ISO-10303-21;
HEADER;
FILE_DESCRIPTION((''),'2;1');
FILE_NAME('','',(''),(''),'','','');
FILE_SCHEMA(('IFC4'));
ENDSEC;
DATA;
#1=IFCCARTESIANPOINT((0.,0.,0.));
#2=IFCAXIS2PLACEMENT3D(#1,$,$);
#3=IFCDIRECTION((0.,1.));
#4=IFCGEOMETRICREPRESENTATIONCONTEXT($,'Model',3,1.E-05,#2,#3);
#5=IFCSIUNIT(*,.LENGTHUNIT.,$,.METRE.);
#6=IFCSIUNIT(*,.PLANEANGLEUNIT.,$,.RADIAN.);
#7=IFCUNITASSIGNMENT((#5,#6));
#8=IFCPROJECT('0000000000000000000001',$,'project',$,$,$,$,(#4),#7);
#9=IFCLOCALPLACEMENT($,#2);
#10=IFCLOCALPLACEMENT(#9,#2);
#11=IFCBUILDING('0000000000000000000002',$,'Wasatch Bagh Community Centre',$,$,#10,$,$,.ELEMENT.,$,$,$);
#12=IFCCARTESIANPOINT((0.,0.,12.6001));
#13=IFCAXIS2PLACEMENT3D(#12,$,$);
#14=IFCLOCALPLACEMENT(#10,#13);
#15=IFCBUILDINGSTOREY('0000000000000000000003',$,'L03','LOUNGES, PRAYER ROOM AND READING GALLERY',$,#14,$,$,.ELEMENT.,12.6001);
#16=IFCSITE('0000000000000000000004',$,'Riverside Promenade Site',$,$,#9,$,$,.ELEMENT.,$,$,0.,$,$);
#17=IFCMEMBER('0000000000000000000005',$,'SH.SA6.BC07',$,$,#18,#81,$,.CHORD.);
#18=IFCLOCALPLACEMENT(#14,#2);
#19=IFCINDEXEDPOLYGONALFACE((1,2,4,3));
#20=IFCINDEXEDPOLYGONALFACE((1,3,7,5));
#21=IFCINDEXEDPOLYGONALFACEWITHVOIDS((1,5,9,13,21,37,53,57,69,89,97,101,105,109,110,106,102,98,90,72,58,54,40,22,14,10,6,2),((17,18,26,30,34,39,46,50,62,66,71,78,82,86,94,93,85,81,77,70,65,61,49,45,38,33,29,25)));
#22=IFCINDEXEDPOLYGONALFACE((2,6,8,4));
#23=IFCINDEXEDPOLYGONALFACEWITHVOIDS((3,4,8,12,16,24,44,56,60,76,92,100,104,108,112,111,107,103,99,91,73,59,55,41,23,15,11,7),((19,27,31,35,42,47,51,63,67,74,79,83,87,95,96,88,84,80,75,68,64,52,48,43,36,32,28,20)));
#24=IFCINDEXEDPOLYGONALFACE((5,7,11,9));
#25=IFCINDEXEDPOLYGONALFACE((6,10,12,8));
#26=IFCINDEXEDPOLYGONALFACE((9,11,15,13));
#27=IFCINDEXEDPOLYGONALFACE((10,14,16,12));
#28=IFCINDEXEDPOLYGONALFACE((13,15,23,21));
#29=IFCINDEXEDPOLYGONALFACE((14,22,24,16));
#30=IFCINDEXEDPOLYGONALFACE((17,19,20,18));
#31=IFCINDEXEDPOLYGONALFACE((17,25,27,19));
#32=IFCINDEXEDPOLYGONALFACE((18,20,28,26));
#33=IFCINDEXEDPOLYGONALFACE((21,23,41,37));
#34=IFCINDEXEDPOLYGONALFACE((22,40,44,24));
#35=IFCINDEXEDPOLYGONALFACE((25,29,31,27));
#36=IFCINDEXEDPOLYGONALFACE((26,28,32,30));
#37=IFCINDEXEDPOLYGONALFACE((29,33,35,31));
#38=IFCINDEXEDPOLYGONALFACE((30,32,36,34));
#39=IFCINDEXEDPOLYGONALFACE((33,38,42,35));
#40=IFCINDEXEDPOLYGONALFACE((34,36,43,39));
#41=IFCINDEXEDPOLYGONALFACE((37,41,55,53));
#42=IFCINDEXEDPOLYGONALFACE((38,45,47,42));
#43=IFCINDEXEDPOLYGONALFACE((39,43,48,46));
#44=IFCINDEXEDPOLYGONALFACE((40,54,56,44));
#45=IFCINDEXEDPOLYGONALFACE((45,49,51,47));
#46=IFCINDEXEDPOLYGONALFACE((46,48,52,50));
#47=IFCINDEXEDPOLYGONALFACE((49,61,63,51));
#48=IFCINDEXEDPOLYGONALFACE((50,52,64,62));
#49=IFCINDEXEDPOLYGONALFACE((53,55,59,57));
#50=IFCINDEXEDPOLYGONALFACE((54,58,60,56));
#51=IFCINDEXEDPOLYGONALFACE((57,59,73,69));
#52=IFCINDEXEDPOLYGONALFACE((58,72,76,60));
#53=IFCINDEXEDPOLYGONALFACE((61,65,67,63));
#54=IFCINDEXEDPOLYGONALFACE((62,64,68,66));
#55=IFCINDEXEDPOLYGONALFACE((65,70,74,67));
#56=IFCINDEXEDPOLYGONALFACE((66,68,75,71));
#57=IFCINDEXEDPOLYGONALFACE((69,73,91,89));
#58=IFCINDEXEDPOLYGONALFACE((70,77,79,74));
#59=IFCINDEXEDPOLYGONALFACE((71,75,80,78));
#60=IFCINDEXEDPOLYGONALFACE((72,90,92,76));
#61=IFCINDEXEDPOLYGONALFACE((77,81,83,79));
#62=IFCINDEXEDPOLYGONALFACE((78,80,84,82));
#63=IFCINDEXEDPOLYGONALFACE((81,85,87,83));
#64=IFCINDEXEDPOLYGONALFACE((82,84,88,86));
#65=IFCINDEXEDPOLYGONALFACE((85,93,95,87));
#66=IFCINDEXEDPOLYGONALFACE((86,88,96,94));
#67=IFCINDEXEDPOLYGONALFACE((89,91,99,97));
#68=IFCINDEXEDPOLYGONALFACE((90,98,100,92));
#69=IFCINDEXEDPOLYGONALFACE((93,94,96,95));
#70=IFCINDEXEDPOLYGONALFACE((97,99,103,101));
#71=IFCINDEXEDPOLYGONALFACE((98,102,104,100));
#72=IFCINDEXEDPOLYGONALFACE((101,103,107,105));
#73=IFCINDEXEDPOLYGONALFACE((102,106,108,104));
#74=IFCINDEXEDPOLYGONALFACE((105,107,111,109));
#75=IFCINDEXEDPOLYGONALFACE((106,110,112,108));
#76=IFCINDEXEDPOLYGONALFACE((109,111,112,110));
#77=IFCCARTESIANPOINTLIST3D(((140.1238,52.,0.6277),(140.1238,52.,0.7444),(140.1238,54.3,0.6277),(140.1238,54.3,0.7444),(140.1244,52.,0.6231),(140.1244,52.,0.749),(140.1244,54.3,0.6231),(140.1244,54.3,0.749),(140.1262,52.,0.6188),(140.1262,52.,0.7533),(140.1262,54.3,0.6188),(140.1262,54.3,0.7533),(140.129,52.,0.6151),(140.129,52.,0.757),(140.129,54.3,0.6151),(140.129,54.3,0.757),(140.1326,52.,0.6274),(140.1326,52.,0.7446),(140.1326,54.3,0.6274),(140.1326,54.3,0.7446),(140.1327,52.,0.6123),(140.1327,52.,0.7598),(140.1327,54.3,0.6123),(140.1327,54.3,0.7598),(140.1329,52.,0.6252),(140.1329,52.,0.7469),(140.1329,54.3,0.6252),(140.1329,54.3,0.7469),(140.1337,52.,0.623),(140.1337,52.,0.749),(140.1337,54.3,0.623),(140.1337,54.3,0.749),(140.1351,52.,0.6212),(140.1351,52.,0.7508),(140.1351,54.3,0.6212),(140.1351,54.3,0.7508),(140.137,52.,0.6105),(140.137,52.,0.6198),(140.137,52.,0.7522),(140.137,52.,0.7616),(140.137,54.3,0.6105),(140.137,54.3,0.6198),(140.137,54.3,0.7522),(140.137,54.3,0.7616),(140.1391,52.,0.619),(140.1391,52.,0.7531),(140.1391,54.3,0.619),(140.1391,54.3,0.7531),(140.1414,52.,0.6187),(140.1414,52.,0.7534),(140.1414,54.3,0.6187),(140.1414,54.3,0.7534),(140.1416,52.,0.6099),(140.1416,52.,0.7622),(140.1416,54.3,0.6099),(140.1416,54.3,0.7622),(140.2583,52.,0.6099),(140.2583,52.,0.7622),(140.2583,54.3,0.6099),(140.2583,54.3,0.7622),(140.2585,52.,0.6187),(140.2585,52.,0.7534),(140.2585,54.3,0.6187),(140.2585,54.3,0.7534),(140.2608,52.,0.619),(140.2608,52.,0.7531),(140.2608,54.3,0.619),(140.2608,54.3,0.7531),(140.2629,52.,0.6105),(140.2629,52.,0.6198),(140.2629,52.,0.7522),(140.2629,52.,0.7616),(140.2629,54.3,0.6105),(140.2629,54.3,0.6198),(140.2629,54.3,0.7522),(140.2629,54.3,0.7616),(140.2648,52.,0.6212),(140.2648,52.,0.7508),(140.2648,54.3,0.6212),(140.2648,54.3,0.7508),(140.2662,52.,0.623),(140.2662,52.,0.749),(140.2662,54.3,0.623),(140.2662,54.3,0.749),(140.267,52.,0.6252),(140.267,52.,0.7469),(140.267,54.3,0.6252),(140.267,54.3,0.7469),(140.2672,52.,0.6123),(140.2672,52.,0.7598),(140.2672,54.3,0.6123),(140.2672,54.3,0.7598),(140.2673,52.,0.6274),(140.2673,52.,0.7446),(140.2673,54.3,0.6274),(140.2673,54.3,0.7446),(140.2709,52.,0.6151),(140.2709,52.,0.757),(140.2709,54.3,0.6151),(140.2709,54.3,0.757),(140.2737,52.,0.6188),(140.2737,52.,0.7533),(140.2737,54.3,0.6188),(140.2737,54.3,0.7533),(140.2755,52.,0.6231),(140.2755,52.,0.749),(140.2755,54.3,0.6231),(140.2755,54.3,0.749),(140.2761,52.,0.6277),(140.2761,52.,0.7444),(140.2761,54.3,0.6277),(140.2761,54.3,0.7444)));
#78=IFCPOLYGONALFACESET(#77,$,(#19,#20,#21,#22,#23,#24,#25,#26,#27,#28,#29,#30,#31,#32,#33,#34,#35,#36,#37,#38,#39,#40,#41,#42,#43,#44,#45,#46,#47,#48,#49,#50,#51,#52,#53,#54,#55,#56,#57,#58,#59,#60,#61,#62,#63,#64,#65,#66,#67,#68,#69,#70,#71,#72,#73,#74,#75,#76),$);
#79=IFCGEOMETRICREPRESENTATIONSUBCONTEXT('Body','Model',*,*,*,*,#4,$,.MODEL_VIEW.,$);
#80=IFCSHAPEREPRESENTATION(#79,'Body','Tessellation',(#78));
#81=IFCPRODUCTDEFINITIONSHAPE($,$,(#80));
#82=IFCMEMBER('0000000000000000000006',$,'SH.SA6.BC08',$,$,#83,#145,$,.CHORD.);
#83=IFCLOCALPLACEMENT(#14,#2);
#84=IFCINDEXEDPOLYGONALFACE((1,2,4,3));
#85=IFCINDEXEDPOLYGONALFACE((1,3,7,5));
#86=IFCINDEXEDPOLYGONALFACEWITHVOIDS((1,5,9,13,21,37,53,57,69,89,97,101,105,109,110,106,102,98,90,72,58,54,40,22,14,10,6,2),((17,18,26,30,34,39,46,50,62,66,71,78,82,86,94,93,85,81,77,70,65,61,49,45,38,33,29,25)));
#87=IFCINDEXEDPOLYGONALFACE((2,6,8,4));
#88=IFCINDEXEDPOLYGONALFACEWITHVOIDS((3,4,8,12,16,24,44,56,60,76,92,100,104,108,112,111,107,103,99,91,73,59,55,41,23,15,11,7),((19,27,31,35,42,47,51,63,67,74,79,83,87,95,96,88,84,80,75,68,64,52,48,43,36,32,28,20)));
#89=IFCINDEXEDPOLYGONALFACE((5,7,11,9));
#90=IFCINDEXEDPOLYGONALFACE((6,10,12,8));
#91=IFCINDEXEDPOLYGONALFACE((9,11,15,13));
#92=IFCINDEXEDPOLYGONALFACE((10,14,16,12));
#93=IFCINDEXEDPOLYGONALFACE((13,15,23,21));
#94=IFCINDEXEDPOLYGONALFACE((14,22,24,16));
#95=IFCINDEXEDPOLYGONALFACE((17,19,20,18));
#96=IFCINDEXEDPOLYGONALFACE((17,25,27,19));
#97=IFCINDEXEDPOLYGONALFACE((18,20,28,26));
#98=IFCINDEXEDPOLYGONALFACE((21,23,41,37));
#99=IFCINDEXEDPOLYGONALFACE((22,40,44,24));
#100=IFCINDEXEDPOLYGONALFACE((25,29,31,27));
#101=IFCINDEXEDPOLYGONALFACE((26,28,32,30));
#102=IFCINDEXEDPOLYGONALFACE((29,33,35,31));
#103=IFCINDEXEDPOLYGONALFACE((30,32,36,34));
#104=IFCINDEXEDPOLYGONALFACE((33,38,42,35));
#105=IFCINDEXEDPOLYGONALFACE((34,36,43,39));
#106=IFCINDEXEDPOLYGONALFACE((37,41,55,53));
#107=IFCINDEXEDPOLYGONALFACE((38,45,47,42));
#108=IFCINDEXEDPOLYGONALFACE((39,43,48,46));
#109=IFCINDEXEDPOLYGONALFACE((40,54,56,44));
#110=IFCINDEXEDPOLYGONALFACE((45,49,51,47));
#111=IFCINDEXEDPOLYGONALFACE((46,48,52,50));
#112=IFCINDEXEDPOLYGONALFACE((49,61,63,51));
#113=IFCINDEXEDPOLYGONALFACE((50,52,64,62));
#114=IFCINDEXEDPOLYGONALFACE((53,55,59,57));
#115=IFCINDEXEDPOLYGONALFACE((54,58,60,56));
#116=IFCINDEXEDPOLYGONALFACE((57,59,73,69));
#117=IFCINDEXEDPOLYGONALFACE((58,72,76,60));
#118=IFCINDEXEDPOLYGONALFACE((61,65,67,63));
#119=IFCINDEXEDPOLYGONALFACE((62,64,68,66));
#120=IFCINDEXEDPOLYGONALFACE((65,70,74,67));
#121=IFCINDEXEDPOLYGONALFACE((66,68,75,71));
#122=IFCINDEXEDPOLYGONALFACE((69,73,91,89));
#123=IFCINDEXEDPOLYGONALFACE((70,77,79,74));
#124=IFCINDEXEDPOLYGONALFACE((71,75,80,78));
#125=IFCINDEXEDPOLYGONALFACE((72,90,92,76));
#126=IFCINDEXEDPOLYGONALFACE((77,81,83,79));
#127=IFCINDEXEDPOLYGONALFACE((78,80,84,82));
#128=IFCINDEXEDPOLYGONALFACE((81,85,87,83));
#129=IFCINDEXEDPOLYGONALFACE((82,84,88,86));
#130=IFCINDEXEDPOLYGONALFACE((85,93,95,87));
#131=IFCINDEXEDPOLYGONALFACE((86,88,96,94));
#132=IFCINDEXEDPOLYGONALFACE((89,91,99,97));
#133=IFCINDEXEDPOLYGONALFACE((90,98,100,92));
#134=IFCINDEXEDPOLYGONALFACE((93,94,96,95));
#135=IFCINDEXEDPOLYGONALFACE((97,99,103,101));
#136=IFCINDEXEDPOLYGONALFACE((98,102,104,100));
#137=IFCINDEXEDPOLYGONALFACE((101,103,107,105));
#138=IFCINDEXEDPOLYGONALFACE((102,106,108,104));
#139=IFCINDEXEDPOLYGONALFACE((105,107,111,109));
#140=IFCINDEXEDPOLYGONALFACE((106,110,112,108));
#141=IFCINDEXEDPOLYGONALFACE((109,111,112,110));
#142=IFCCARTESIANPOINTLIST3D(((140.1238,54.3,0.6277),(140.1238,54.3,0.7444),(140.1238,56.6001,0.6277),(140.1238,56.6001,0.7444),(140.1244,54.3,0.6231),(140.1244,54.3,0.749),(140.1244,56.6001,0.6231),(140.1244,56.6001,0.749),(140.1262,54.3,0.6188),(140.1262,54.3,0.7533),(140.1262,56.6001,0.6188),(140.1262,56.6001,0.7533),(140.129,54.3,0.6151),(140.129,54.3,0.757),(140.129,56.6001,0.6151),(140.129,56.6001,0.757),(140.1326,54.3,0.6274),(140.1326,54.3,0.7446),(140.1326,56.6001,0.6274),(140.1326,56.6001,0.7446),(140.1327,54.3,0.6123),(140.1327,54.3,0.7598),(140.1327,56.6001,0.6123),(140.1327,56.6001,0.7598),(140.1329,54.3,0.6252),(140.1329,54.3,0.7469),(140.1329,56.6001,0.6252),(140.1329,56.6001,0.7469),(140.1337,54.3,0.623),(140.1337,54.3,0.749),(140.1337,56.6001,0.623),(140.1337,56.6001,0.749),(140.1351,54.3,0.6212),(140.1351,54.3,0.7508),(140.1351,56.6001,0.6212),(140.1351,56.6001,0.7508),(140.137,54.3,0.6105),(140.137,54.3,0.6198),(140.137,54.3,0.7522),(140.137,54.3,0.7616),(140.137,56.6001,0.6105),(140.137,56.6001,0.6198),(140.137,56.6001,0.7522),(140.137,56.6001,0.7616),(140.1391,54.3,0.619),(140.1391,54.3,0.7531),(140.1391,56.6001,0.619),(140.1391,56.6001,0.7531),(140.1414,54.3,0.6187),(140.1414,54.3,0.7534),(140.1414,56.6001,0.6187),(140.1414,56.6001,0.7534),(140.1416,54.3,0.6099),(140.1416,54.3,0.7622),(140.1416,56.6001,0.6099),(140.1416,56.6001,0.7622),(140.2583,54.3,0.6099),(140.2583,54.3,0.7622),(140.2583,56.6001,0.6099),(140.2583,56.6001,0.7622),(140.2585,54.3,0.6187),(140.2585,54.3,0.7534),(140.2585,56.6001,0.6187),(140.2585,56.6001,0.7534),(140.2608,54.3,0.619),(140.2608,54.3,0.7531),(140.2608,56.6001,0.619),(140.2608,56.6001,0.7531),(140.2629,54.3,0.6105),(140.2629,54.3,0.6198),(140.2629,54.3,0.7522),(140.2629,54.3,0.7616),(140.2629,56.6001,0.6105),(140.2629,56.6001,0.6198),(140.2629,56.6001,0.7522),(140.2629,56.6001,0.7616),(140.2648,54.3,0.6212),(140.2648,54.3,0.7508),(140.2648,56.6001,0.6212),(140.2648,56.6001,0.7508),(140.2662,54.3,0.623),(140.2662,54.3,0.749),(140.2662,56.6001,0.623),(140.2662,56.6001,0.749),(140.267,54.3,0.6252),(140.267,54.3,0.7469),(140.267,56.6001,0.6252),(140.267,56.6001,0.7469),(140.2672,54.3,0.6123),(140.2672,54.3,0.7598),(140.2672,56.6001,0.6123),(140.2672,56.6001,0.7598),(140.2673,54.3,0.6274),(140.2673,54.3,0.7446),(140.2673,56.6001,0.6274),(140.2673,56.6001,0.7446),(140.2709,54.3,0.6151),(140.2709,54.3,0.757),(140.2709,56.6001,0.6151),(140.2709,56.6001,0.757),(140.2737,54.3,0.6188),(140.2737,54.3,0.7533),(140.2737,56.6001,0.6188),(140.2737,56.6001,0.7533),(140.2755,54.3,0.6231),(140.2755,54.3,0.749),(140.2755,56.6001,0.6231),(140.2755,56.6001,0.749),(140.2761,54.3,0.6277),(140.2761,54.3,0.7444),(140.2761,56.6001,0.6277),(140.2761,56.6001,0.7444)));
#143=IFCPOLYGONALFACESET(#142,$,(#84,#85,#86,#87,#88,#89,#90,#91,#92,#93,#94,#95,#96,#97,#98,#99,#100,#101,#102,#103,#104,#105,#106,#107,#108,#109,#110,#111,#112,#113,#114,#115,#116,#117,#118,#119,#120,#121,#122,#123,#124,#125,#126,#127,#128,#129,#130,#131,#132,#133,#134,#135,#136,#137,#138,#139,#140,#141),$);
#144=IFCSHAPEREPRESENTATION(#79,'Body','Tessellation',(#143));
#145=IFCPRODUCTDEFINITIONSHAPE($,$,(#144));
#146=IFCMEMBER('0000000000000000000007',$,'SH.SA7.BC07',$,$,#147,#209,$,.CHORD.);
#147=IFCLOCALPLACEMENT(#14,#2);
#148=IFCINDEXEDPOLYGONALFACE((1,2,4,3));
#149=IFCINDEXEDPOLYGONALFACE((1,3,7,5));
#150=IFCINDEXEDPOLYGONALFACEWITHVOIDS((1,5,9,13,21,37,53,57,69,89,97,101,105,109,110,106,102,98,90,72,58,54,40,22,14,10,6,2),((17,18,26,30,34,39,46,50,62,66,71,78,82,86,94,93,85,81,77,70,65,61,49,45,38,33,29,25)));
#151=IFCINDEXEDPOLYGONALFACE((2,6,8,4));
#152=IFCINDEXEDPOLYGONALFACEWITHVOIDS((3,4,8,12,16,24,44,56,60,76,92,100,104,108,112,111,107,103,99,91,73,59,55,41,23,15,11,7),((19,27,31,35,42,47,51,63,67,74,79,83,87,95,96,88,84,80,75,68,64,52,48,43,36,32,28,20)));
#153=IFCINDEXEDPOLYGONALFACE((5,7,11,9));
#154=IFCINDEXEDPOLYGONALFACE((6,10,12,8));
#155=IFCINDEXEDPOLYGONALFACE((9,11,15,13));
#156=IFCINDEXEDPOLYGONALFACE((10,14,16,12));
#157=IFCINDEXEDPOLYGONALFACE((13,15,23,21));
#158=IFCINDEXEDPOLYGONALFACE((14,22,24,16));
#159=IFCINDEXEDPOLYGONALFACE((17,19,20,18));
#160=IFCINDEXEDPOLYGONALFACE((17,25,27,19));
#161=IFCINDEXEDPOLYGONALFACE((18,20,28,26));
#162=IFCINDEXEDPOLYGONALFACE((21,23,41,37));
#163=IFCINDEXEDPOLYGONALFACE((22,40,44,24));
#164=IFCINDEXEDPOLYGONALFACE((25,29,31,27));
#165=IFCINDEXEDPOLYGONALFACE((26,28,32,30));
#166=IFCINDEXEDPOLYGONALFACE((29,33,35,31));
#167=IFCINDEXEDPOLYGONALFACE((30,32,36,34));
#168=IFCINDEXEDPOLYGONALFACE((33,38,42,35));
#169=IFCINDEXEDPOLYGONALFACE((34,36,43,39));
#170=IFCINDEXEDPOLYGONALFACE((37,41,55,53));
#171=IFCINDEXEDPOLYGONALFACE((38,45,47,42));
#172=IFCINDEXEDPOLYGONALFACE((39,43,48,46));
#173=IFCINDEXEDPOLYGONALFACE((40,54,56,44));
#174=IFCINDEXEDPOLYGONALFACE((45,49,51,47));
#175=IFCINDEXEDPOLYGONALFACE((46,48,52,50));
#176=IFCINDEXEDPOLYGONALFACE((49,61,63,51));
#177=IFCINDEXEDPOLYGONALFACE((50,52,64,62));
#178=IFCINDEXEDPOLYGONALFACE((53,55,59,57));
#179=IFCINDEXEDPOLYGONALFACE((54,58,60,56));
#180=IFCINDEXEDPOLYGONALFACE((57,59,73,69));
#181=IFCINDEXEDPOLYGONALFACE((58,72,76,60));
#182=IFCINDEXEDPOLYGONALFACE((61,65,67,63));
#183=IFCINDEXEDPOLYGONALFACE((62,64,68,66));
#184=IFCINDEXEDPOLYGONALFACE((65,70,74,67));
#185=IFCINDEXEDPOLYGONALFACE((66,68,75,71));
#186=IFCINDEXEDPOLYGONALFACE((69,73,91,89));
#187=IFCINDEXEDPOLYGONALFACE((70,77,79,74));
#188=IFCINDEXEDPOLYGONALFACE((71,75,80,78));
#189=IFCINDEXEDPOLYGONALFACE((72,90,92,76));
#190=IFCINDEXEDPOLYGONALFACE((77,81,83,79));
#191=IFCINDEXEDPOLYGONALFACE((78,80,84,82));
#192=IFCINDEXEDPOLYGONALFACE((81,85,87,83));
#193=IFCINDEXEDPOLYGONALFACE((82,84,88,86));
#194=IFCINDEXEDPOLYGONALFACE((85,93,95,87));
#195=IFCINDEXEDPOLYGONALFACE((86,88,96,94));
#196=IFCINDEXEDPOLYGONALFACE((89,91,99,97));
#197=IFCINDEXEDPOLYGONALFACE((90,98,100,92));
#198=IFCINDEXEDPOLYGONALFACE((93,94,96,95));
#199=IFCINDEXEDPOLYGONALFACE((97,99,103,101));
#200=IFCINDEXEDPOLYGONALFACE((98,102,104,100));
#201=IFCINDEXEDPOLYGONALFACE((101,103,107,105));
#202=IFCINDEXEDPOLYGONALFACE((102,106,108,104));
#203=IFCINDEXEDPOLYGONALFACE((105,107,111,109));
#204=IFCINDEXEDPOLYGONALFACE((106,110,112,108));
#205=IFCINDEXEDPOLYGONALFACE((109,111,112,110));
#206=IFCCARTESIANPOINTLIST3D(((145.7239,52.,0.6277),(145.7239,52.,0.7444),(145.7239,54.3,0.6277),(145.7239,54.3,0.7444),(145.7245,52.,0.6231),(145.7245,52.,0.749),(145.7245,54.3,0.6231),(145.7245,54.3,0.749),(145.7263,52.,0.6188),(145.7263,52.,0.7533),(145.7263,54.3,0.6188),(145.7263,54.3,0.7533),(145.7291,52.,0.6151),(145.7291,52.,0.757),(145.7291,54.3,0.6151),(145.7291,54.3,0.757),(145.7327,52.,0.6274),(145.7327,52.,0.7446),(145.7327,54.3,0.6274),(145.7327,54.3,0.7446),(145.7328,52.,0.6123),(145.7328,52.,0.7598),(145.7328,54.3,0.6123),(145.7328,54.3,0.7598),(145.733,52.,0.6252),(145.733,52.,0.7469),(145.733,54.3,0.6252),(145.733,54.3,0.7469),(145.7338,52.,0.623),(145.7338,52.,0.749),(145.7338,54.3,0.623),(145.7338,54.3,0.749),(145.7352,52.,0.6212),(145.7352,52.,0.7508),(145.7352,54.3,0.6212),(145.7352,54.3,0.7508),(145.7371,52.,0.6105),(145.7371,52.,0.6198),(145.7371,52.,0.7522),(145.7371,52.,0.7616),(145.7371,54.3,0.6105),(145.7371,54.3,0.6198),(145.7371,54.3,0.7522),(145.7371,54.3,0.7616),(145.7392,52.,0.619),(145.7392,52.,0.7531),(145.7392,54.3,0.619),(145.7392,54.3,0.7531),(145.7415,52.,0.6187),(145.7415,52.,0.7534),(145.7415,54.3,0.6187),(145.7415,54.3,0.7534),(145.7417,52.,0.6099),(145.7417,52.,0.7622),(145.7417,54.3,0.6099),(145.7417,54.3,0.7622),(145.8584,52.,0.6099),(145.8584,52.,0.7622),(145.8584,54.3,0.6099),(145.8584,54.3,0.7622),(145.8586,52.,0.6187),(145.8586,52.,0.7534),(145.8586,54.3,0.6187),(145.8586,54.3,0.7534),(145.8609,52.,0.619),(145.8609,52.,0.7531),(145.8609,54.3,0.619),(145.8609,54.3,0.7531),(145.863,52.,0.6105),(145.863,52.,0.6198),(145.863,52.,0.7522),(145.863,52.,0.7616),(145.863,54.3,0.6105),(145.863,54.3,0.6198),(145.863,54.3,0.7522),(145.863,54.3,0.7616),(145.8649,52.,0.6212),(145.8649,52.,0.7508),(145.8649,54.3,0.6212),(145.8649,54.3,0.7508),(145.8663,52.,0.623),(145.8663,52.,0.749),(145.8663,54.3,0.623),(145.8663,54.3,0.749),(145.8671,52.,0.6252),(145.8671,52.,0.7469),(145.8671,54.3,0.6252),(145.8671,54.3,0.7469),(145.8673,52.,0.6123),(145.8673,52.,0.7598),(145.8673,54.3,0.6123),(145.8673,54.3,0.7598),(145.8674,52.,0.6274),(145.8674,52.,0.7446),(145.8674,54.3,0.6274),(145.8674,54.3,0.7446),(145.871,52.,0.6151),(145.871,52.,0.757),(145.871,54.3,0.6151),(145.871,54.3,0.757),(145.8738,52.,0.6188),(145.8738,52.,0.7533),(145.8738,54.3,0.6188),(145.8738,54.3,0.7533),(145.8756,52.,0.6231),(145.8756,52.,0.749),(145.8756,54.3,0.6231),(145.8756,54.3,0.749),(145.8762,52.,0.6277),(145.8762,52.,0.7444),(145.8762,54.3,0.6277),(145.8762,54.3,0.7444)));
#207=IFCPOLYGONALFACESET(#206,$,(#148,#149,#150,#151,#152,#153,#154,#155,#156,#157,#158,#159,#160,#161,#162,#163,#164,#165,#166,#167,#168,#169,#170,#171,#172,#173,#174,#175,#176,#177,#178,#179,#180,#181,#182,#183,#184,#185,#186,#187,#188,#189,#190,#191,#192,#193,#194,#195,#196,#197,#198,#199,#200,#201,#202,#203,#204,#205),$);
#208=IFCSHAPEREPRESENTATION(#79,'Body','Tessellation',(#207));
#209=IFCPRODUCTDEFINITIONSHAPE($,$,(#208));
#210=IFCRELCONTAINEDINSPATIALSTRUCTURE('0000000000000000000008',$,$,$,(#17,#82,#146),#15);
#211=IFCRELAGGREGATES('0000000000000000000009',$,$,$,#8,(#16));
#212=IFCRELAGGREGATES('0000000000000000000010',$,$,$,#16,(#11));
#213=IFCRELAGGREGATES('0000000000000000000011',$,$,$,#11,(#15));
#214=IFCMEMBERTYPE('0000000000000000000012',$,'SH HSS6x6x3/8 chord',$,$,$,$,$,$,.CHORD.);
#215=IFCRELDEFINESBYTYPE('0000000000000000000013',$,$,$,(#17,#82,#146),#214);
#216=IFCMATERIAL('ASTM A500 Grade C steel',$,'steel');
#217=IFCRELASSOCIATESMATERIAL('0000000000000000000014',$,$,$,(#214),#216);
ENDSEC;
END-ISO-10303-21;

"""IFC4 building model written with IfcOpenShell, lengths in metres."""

from ifc_helpers import new_model, si_unit, direction, frame, origin, origin_2d, place, context, subcontext, project, spatial, hollow_rectangle, extrude, material, material_profile, profile_set, type_object, element, save


model = new_model("IFC4")

# Units and contexts
model_context = context("Model", 3, precision=1e-05, world=origin(), true_north=direction((0.0, 1.0)))
body_context = subcontext(model_context, "Body", "Model", "MODEL_VIEW")
ifc_project = project(units=[si_unit("LENGTHUNIT", "METRE"), si_unit("PLANEANGLEUNIT", "RADIAN")], contexts=[model_context])

# Site, building, storey
site_placement = place(None, origin())
site = spatial("IfcSite", under=ifc_project, at=site_placement, Name="Riverside Promenade Site", CompositionType="ELEMENT", RefElevation=0.0)
building_placement = place(site_placement, origin())
building = spatial("IfcBuilding", under=site, at=building_placement, Name="Wasatch Bagh Community Centre", CompositionType="ELEMENT")
storey_placement = place(building_placement, frame((0.0, 0.0, 12.6001)))
storey = spatial("IfcBuildingStorey", under=building, at=storey_placement, Name="L03", Description="LOUNGES, PRAYER ROOM AND READING GALLERY", CompositionType="ELEMENT", Elevation=12.6001)

# Members
ifc_material_1 = material(Name="ASTM A500 Grade C steel", Category="steel")
ifc_material_profile_1 = material_profile(ifc_material_1, hollow_rectangle(XDim=0.1523, YDim=0.1523, WallThickness=0.0088, InnerFilletRadius=0.0088, OuterFilletRadius=0.0178, at=origin_2d()), Name="HSS6x6x3/8")
ifc_profile_set_1 = profile_set([ifc_material_profile_1], Name="ASTM A500 Grade C steel")
member_type_1 = type_object("IfcMemberType", Name="SH HSS6x6x3/8 chord", PredefinedType="CHORD", material=ifc_profile_set_1)
for number, where, z_axis, x_axis, name in (
    (1, (140.2, 52.0, 0.686), (0.0, 1.0, 0.0), (-1.0, 0.0, 0.0), "SH.SA6.BC07"),
    (2, (140.2, 54.3, 0.686), (0.0, 1.0, 0.0), (-1.0, 0.0, 0.0), "SH.SA6.BC08"),
    (3, (145.8, 52.0, 0.686), (0.0, 1.0, 0.0), (-1.0, 0.0, 0.0), "SH.SA7.BC07"),
):
    element("IfcMember", number, at=place(storey_placement, frame(where, z_axis=z_axis, x_axis=x_axis)), inside=storey, type_object=member_type_1, Name=name, PredefinedType="CHORD", context=body_context, shape_type="SweptSolid", body=[
        extrude(hollow_rectangle(XDim=0.1523, YDim=0.1523, WallThickness=0.0088, InnerFilletRadius=0.0088, OuterFilletRadius=0.0178, at=origin_2d()), origin(), (0.0, 0.0, 1.0), 2.3),
    ])

save(model, "model.ifc")
